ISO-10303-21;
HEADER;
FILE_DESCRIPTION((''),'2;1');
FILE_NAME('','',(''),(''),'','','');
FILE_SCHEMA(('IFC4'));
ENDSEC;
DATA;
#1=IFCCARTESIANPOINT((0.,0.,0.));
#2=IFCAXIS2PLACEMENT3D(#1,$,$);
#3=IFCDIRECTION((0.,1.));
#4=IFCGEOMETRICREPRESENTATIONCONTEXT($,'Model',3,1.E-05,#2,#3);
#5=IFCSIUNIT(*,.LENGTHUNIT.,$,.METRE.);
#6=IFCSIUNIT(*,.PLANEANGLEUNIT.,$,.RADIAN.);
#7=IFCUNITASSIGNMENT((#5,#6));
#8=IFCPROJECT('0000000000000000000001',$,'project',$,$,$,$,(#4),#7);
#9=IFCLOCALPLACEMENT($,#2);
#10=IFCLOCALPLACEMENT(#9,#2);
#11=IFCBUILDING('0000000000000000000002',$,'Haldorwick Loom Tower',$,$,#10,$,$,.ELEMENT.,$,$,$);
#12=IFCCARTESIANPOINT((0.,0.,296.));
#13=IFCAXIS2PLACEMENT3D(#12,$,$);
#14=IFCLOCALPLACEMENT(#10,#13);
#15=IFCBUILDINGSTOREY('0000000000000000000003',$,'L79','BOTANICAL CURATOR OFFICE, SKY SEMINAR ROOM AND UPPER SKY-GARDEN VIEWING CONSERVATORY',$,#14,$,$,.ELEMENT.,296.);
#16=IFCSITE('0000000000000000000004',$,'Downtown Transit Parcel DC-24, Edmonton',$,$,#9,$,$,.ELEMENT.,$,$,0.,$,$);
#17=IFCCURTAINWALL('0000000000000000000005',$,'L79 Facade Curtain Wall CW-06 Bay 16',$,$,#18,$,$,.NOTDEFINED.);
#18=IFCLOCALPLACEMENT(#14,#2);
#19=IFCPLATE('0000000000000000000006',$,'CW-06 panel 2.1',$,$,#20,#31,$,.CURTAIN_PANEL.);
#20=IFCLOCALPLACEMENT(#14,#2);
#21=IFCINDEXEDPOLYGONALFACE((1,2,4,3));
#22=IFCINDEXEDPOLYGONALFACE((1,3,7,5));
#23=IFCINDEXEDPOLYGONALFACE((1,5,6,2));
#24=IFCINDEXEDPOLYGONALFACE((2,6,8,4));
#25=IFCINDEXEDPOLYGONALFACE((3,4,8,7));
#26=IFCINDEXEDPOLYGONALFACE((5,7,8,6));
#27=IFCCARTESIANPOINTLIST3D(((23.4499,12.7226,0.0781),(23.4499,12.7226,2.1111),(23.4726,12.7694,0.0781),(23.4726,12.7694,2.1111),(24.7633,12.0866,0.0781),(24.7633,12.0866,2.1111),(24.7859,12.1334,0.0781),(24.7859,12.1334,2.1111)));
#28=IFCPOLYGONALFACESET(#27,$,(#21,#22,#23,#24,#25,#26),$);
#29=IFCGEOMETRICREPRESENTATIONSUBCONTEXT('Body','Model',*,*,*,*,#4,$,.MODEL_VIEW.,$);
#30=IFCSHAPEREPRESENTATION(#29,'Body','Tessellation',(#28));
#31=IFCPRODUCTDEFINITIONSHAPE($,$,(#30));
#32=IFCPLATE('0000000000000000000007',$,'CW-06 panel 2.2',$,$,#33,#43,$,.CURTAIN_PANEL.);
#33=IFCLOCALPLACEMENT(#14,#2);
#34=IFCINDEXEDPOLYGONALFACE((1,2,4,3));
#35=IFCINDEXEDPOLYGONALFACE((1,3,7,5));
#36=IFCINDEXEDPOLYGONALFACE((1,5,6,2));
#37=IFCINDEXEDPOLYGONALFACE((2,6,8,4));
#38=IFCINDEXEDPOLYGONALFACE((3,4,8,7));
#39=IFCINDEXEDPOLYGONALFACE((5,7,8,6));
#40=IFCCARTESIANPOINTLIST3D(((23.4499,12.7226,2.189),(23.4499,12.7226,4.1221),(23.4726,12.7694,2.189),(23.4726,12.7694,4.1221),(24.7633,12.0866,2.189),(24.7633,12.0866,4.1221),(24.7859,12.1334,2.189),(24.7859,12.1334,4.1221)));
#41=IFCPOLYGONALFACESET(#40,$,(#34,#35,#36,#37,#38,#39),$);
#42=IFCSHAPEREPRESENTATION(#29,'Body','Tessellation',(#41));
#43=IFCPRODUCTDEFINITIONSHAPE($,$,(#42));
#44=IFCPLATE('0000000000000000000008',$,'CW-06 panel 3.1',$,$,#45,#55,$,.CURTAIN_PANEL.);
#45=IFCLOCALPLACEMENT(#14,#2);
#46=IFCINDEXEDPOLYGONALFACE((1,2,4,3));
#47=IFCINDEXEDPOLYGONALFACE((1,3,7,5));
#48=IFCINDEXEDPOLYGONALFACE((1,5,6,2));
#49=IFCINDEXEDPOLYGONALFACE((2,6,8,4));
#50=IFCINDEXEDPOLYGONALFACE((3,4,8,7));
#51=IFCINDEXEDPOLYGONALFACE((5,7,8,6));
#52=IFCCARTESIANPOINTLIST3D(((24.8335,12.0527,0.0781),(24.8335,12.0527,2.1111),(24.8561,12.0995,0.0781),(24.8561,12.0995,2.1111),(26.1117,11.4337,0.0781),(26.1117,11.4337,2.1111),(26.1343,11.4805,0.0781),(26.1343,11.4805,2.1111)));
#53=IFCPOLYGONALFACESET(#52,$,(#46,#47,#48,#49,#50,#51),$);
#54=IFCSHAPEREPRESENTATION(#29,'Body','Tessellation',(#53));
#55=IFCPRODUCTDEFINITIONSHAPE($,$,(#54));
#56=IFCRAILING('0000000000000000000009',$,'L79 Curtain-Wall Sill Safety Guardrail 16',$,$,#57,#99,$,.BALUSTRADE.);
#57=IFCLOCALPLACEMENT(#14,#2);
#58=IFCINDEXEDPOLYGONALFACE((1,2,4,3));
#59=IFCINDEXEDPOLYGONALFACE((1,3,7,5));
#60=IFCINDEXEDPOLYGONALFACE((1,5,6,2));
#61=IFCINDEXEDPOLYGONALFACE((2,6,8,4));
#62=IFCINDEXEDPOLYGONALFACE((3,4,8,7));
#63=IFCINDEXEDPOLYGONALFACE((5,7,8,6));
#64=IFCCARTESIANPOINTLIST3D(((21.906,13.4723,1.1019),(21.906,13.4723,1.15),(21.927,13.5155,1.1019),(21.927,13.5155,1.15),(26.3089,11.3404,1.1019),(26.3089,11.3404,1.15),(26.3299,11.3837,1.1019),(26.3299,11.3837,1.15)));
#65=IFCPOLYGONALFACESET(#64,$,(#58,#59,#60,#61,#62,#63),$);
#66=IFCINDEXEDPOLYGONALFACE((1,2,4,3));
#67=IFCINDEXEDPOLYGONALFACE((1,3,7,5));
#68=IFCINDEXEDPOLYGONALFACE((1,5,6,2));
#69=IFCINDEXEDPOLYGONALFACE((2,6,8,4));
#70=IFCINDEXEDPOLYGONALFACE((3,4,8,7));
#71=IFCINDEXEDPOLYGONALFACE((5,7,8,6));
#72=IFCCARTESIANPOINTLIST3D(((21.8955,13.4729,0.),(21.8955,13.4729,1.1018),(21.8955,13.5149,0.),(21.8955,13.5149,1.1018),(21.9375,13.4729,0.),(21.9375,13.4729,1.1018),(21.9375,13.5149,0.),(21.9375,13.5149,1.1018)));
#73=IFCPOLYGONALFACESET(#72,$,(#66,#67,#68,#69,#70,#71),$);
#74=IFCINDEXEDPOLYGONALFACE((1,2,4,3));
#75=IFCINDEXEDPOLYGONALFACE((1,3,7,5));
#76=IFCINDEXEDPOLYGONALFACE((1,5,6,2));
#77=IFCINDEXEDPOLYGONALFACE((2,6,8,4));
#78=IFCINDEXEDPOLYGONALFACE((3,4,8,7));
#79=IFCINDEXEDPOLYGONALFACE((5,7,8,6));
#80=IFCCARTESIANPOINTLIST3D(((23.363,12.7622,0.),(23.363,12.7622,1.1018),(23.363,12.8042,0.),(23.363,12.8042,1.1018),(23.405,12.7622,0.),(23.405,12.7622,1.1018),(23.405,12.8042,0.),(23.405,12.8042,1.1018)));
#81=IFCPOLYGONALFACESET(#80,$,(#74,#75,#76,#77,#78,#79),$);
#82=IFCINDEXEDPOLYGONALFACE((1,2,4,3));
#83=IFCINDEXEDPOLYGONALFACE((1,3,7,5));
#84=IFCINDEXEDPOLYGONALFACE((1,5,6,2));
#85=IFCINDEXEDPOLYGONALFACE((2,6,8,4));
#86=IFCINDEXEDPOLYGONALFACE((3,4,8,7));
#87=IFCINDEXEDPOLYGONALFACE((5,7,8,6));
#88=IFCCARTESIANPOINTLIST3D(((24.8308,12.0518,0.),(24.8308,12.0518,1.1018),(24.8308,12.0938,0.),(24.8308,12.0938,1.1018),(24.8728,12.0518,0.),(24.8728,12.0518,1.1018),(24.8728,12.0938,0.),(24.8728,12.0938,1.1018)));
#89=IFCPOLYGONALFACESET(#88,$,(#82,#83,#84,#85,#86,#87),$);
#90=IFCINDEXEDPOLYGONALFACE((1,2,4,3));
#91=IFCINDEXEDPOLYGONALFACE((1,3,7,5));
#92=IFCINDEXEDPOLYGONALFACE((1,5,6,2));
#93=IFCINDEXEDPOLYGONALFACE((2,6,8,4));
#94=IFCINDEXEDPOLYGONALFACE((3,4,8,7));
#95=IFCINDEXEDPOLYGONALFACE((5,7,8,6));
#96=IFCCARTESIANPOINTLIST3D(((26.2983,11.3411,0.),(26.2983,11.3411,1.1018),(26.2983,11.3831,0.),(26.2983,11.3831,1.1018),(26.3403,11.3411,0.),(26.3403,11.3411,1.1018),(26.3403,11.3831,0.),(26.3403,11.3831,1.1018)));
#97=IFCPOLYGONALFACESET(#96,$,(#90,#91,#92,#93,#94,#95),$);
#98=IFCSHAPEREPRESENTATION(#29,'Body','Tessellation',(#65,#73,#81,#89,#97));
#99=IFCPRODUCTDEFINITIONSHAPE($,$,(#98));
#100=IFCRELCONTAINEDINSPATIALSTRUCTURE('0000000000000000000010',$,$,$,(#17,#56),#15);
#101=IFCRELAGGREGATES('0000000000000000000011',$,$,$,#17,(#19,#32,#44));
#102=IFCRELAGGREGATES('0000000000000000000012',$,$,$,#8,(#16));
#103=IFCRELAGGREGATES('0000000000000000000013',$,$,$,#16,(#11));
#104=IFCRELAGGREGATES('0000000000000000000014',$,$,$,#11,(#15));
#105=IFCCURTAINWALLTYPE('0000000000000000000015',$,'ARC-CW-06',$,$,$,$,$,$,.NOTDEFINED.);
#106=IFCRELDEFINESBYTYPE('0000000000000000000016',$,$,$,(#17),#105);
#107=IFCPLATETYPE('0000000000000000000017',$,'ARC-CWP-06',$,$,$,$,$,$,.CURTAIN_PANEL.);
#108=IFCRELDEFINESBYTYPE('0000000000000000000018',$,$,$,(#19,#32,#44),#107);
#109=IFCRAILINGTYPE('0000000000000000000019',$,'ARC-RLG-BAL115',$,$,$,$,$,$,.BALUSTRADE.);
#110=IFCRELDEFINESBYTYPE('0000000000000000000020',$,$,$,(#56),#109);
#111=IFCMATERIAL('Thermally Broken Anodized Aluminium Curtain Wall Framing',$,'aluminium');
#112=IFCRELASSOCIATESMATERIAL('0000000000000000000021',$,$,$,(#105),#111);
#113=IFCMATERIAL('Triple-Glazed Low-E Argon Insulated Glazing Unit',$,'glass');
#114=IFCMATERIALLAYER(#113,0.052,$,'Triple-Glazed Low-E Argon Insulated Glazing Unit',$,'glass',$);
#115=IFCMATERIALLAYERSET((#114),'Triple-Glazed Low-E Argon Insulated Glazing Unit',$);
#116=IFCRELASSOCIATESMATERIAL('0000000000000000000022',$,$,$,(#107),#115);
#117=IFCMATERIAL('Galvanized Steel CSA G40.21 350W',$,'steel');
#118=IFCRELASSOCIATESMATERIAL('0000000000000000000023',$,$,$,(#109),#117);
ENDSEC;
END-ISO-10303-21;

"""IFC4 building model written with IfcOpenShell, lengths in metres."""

from ifc_helpers import new_model, si_unit, direction, frame, origin, origin_2d, place, context, subcontext, project, spatial, rectangle, extrude, material, layer, layer_set, type_object, element, aggregate, save


model = new_model("IFC4")

# Units and contexts
model_context = context("Model", 3, precision=1e-05, world=origin(), true_north=direction((0.0, 1.0)))
body_context = subcontext(model_context, "Body", "Model", "MODEL_VIEW")
ifc_project = project(units=[si_unit("LENGTHUNIT", "METRE"), si_unit("PLANEANGLEUNIT", "RADIAN")], contexts=[model_context])

# Site, building, storey
site_placement = place(None, origin())
site = spatial("IfcSite", under=ifc_project, at=site_placement, Name="Downtown Transit Parcel DC-24, Edmonton", CompositionType="ELEMENT", RefElevation=0.0)
building_placement = place(site_placement, origin())
building = spatial("IfcBuilding", under=site, at=building_placement, Name="Haldorwick Loom Tower", CompositionType="ELEMENT")
storey_placement = place(building_placement, frame((0.0, 0.0, 296.0)))
storey = spatial("IfcBuildingStorey", under=building, at=storey_placement, Name="L79", Description="BOTANICAL CURATOR OFFICE, SKY SEMINAR ROOM AND UPPER SKY-GARDEN VIEWING CONSERVATORY", CompositionType="ELEMENT", Elevation=296.0)

# Shared definitions
ifc_material_1 = material(Name="Thermally Broken Anodized Aluminium Curtain Wall Framing", Category="aluminium")
curtain_wall_type = type_object("IfcCurtainWallType", Name="ARC-CW-06", PredefinedType="NOTDEFINED", material=ifc_material_1)

# Curtain wall
curtain_wall_1_placement = place(storey_placement, origin())
curtain_wall_1 = element("IfcCurtainWall", 1, at=curtain_wall_1_placement, inside=storey, type_object=curtain_wall_type, Name="L79 Facade Curtain Wall CW-06 Bay 16", PredefinedType="NOTDEFINED")

# Plates
ifc_material_2 = material(Name="Triple-Glazed Low-E Argon Insulated Glazing Unit", Category="glass")
ifc_layer = layer(ifc_material_2, 0.052, Name="Triple-Glazed Low-E Argon Insulated Glazing Unit", Category="glass")
ifc_layer_set = layer_set([ifc_layer], Name="Triple-Glazed Low-E Argon Insulated Glazing Unit")
plate_type = type_object("IfcPlateType", Name="ARC-CWP-06", PredefinedType="CURTAIN_PANEL", material=ifc_layer_set)
plate_1_placement = place(storey_placement, frame((24.1179, 12.428, 0.0781), z_axis=(0.0, 0.0, 1.0), x_axis=(0.900032, -0.435824, 0.0)))
plate_1 = element("IfcPlate", 2, at=plate_1_placement, type_object=plate_type, Name="CW-06 panel 2.1", PredefinedType="CURTAIN_PANEL", context=body_context, shape_type="SweptSolid", body=[
    extrude(rectangle(XDim=1.4592, YDim=0.052, at=origin_2d()), origin(), (0.0, 0.0, 1.0), 2.033),
])
plate_2_placement = place(storey_placement, frame((24.1179, 12.428, 2.189), z_axis=(0.0, 0.0, 1.0), x_axis=(0.900032, -0.435824, 0.0)))
plate_2 = element("IfcPlate", 3, at=plate_2_placement, type_object=plate_type, Name="CW-06 panel 2.2", PredefinedType="CURTAIN_PANEL", context=body_context, shape_type="SweptSolid", body=[
    extrude(rectangle(XDim=1.4592, YDim=0.052, at=origin_2d()), origin(), (0.0, 0.0, 1.0), 1.9331),
])
plate_3_placement = place(storey_placement, frame((25.4839, 11.7666, 0.0781), z_axis=(0.0, 0.0, 1.0), x_axis=(0.900032, -0.435824, 0.0)))
plate_3 = element("IfcPlate", 4, at=plate_3_placement, type_object=plate_type, Name="CW-06 panel 3.1", PredefinedType="CURTAIN_PANEL", context=body_context, shape_type="SweptSolid", body=[
    extrude(rectangle(XDim=1.4202, YDim=0.052, at=origin_2d()), origin(), (0.0, 0.0, 1.0), 2.033),
])
aggregate(curtain_wall_1, [plate_1, plate_2, plate_3])

# Railing
ifc_material_3 = material(Name="Galvanized Steel CSA G40.21 350W", Category="steel")
railing_type = type_object("IfcRailingType", Name="ARC-RLG-BAL115", PredefinedType="BALUSTRADE", material=ifc_material_3)
railing_placement = place(storey_placement, frame((21.9165, 13.4939, 0.0)))
element("IfcRailing", 5, at=railing_placement, inside=storey, type_object=railing_type, Name="L79 Curtain-Wall Sill Safety Guardrail 16", PredefinedType="BALUSTRADE", context=body_context, shape_type="SweptSolid", body=[
    extrude(rectangle(XDim=0.0481, YDim=0.0481, at=origin_2d()), frame((0.0, 0.0, 1.126), z_axis=(0.900044, -0.435798, 0.0), x_axis=(0.435798, 0.900044, 0.0)), (0.0, 0.0, 1.0), 4.8918),
    extrude(rectangle(XDim=0.042, YDim=0.042, at=origin_2d()), origin(), (0.0, 0.0, 1.0), 1.1018),
    extrude(rectangle(XDim=0.042, YDim=0.042, at=origin_2d()), frame((1.4675, -0.7107, 0.0)), (0.0, 0.0, 1.0), 1.1018),
    extrude(rectangle(XDim=0.042, YDim=0.042, at=origin_2d()), frame((2.9353, -1.4211, 0.0)), (0.0, 0.0, 1.0), 1.1018),
    extrude(rectangle(XDim=0.042, YDim=0.042, at=origin_2d()), frame((4.4028, -2.1318, 0.0)), (0.0, 0.0, 1.0), 1.1018),
])

save(model, "model.ifc")
